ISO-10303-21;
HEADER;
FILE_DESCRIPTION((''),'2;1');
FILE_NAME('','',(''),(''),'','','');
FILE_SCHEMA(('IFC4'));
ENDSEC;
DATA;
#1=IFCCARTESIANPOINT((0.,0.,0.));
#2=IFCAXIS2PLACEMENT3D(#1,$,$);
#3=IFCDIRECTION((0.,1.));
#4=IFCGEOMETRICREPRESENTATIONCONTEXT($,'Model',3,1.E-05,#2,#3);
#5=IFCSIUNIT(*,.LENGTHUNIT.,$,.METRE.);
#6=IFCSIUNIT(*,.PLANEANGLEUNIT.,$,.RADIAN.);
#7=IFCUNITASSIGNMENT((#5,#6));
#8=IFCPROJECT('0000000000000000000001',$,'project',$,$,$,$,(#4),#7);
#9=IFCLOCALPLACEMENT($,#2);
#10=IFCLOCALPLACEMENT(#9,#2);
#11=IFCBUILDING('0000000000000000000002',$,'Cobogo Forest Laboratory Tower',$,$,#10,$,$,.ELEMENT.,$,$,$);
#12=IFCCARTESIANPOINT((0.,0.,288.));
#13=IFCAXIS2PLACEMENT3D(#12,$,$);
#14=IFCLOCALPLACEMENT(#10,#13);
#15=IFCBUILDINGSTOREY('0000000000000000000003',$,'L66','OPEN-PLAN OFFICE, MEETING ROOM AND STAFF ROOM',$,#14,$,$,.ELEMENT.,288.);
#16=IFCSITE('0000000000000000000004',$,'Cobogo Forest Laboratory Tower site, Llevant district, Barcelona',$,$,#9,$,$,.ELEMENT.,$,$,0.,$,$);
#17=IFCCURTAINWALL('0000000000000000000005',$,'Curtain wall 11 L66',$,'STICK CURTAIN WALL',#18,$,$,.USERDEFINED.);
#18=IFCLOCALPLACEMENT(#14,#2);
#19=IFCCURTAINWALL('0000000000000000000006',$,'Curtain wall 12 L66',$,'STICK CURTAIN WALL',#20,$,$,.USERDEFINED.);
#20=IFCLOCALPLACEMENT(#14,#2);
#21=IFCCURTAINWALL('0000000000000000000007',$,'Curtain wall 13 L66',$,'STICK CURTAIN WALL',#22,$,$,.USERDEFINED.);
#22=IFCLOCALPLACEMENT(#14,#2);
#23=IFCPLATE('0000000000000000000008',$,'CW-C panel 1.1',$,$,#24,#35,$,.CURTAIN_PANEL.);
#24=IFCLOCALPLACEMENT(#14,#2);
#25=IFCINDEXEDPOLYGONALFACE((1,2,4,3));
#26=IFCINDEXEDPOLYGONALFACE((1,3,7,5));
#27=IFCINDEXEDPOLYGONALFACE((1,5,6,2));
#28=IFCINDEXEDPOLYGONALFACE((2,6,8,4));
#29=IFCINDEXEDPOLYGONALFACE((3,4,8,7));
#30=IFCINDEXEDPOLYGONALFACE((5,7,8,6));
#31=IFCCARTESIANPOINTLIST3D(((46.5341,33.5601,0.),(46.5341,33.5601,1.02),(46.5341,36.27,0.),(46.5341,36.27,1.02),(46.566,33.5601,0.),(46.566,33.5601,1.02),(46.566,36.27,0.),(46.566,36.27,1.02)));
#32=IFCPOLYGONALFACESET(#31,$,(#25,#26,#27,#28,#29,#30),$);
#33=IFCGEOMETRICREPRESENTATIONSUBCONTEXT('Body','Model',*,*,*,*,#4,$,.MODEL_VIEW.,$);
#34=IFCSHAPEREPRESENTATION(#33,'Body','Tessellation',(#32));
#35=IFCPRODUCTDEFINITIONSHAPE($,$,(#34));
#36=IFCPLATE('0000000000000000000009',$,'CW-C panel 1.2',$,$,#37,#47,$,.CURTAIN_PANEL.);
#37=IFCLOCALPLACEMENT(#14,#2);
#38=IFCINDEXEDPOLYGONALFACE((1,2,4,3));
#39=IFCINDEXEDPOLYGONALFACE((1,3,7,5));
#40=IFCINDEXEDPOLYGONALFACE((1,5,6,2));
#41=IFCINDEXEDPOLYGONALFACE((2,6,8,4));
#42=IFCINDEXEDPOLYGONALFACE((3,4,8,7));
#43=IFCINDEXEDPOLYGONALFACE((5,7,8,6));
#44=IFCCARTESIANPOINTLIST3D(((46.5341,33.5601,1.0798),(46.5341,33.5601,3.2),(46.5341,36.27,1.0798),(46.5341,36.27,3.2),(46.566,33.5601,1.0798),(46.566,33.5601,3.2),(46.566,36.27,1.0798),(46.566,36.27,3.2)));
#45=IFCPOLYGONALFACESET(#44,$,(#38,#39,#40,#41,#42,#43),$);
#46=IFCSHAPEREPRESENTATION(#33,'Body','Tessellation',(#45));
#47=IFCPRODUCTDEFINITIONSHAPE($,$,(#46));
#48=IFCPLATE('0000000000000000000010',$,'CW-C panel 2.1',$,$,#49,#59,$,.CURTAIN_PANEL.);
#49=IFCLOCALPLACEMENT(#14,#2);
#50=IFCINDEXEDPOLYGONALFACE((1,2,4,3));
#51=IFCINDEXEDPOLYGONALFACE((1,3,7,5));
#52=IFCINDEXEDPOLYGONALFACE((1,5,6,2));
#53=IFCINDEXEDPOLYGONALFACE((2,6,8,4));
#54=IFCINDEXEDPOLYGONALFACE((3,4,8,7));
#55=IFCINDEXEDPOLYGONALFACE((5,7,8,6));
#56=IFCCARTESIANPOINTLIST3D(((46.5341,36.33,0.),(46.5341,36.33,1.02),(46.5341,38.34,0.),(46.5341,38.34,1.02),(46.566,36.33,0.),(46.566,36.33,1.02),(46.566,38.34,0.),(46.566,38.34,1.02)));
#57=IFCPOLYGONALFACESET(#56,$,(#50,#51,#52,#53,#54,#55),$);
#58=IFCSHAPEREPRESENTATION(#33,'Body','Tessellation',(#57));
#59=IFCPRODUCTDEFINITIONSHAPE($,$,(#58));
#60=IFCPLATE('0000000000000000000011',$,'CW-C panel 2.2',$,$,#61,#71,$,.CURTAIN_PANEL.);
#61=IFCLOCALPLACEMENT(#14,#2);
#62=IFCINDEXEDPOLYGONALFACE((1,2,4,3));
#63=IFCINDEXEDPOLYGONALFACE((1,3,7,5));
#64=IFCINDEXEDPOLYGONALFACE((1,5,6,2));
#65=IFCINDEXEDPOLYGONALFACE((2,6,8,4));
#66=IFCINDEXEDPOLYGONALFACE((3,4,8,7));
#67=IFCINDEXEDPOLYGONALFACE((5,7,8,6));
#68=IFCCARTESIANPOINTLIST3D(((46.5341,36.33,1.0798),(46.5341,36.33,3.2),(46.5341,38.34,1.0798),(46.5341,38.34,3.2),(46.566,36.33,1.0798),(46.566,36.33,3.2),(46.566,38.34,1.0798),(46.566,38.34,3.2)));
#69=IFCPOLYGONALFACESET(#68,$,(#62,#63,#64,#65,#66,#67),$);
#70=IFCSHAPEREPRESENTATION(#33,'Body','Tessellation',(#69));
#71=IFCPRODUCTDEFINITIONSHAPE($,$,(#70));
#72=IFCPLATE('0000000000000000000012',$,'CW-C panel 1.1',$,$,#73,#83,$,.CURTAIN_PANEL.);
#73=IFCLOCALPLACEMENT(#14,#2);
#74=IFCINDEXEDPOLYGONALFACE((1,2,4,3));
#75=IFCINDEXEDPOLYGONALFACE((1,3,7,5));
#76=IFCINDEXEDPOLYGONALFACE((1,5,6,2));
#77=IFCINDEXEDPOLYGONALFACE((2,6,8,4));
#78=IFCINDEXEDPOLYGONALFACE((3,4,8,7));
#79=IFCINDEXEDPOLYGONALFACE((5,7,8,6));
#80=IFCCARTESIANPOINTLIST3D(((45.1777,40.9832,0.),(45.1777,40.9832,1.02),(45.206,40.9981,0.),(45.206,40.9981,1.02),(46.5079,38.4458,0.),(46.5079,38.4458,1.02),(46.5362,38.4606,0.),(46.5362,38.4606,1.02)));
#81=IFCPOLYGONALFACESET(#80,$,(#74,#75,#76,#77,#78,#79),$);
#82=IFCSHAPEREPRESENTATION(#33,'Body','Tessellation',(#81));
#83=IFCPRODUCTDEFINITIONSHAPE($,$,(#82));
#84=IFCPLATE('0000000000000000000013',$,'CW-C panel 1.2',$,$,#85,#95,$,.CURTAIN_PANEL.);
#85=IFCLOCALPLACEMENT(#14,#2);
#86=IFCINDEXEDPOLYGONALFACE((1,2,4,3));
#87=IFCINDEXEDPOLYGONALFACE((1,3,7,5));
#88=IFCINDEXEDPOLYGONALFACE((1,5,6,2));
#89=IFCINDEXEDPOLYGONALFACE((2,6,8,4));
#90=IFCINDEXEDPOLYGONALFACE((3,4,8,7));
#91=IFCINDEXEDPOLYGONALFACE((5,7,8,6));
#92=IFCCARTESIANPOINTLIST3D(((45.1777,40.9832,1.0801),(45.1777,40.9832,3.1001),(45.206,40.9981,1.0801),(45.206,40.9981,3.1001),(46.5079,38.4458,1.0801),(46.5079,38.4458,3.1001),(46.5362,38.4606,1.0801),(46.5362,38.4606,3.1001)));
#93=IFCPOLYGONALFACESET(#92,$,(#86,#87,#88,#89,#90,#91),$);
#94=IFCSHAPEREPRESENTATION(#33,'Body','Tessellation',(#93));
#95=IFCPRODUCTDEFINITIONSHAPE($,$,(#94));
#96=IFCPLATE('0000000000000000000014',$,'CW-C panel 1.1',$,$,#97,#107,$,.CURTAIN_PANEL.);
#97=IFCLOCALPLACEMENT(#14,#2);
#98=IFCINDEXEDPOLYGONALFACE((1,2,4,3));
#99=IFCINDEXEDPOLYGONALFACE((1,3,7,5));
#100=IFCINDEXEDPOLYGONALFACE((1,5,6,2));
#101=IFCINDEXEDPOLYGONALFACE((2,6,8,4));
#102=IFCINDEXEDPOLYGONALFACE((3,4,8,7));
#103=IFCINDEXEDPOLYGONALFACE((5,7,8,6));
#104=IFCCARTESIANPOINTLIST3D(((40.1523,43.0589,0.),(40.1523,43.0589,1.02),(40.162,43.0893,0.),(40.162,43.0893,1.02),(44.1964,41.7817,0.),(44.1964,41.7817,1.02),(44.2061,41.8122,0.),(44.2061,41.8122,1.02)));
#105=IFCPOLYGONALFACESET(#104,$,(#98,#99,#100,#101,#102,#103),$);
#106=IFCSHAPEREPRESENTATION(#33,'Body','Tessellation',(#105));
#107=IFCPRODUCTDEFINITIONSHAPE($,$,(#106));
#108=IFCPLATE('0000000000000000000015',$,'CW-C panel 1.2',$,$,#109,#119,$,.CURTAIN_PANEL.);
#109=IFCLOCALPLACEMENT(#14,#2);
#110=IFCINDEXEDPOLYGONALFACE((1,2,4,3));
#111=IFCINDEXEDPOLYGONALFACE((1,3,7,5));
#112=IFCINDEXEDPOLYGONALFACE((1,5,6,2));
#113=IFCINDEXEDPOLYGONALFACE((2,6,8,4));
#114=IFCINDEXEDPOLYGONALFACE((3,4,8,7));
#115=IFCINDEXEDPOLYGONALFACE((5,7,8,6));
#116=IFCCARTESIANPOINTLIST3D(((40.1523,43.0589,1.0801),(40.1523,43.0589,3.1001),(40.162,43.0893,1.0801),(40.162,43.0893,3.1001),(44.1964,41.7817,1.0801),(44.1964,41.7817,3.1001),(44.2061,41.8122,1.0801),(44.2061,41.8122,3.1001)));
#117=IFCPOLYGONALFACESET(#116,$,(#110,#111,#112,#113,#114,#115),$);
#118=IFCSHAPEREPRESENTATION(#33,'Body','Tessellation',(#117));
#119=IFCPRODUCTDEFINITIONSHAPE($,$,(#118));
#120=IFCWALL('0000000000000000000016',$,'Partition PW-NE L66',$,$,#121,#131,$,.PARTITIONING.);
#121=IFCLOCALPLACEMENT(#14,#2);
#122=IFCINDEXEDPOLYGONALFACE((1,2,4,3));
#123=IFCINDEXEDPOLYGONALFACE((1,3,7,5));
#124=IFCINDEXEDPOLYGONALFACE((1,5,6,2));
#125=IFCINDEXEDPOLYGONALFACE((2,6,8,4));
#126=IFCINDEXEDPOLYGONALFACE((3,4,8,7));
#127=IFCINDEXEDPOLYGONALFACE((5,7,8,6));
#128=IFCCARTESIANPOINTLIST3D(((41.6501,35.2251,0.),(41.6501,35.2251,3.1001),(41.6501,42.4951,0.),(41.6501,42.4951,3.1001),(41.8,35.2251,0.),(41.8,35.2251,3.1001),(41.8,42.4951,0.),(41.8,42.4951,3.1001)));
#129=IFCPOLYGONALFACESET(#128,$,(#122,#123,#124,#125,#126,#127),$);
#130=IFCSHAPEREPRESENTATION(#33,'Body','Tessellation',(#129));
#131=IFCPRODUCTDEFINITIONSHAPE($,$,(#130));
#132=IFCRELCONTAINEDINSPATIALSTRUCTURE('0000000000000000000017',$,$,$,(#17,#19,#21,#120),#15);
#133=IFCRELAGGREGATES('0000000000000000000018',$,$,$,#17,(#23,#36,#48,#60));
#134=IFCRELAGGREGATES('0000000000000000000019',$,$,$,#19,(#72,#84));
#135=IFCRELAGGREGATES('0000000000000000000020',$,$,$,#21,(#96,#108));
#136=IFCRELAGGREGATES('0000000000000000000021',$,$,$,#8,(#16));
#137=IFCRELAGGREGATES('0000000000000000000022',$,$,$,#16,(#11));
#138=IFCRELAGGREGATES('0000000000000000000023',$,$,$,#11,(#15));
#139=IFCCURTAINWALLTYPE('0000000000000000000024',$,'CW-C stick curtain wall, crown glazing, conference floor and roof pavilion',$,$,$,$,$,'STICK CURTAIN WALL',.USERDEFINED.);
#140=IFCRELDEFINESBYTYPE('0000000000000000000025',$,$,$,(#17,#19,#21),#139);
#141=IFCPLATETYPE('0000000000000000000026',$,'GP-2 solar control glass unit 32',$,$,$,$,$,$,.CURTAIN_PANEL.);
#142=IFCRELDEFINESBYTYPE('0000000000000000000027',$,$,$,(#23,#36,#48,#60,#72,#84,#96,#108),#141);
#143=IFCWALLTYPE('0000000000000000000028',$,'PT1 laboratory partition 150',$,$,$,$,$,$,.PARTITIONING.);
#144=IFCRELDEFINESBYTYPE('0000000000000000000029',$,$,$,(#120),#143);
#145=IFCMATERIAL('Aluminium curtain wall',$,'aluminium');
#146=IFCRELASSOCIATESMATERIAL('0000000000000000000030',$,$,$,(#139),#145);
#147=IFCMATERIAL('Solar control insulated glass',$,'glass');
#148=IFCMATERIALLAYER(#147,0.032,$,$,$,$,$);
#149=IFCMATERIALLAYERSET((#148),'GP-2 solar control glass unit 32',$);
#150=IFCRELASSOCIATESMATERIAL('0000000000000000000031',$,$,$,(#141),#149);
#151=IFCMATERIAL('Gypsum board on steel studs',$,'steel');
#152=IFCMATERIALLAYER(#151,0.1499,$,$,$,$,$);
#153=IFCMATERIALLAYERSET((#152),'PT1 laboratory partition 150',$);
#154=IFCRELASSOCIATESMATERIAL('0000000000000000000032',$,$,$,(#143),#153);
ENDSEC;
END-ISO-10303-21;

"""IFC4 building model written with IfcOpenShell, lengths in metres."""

from ifc_helpers import new_model, si_unit, direction, frame, frame_2d, origin, origin_2d, place, context, subcontext, project, spatial, rectangle, extrude, material, layer, layer_set, type_object, element, aggregate, save


model = new_model("IFC4")

# Units and contexts
model_context = context("Model", 3, precision=1e-05, world=origin(), true_north=direction((0.0, 1.0)))
body_context = subcontext(model_context, "Body", "Model", "MODEL_VIEW")
ifc_project = project(units=[si_unit("LENGTHUNIT", "METRE"), si_unit("PLANEANGLEUNIT", "RADIAN")], contexts=[model_context])

# Site, building, storey
site_placement = place(None, origin())
site = spatial("IfcSite", under=ifc_project, at=site_placement, Name="Cobogo Forest Laboratory Tower site, Llevant district, Barcelona", CompositionType="ELEMENT", RefElevation=0.0)
building_placement = place(site_placement, origin())
building = spatial("IfcBuilding", under=site, at=building_placement, Name="Cobogo Forest Laboratory Tower", CompositionType="ELEMENT")
storey_placement = place(building_placement, frame((0.0, 0.0, 288.0)))
storey = spatial("IfcBuildingStorey", under=building, at=storey_placement, Name="L66", Description="OPEN-PLAN OFFICE, MEETING ROOM AND STAFF ROOM", CompositionType="ELEMENT", Elevation=288.0)

# Curtain walls
ifc_material_1 = material(Name="Aluminium curtain wall", Category="aluminium")
curtain_wall_type = type_object("IfcCurtainWallType", Name="CW-C stick curtain wall, crown glazing, conference floor and roof pavilion", ElementType="STICK CURTAIN WALL", PredefinedType="USERDEFINED", material=ifc_material_1)
curtain_wall_1_placement = place(storey_placement, origin())
curtain_wall_1 = element("IfcCurtainWall", 1, at=curtain_wall_1_placement, inside=storey, type_object=curtain_wall_type, Name="Curtain wall 11 L66", ObjectType="STICK CURTAIN WALL", PredefinedType="USERDEFINED")
curtain_wall_2_placement = place(storey_placement, origin())
curtain_wall_2 = element("IfcCurtainWall", 2, at=curtain_wall_2_placement, inside=storey, type_object=curtain_wall_type, Name="Curtain wall 12 L66", ObjectType="STICK CURTAIN WALL", PredefinedType="USERDEFINED")
curtain_wall_3_placement = place(storey_placement, origin())
curtain_wall_3 = element("IfcCurtainWall", 3, at=curtain_wall_3_placement, inside=storey, type_object=curtain_wall_type, Name="Curtain wall 13 L66", ObjectType="STICK CURTAIN WALL", PredefinedType="USERDEFINED")

# Plates
ifc_material_2 = material(Name="Solar control insulated glass", Category="glass")
ifc_layer_1 = layer(ifc_material_2, 0.032)
ifc_layer_set_1 = layer_set([ifc_layer_1], Name="GP-2 solar control glass unit 32")
plate_type = type_object("IfcPlateType", Name="GP-2 solar control glass unit 32", PredefinedType="CURTAIN_PANEL", material=ifc_layer_set_1)
plate_1_placement = place(storey_placement, frame((46.55, 34.915, 0.0), z_axis=(0.0, 0.0, 1.0), x_axis=(0.0, 1.0, 0.0)))
plate_1 = element("IfcPlate", 4, at=plate_1_placement, type_object=plate_type, Name="CW-C panel 1.1", PredefinedType="CURTAIN_PANEL", context=body_context, shape_type="SweptSolid", body=[
    extrude(rectangle(XDim=2.71, YDim=0.032, at=origin_2d()), origin(), (0.0, 0.0, 1.0), 1.02),
])
plate_2_placement = place(storey_placement, frame((46.55, 34.915, 1.0798), z_axis=(0.0, 0.0, 1.0), x_axis=(0.0, 1.0, 0.0)))
plate_2 = element("IfcPlate", 5, at=plate_2_placement, type_object=plate_type, Name="CW-C panel 1.2", PredefinedType="CURTAIN_PANEL", context=body_context, shape_type="SweptSolid", body=[
    extrude(rectangle(XDim=2.71, YDim=0.032, at=origin_2d()), origin(), (0.0, 0.0, 1.0), 2.1201),
])
plate_3_placement = place(storey_placement, frame((46.55, 37.335, 0.0), z_axis=(0.0, 0.0, 1.0), x_axis=(0.0, 1.0, 0.0)))
plate_3 = element("IfcPlate", 6, at=plate_3_placement, type_object=plate_type, Name="CW-C panel 2.1", PredefinedType="CURTAIN_PANEL", context=body_context, shape_type="SweptSolid", body=[
    extrude(rectangle(XDim=2.01, YDim=0.032, at=origin_2d()), origin(), (0.0, 0.0, 1.0), 1.02),
])
plate_4_placement = place(storey_placement, frame((46.55, 37.335, 1.0798), z_axis=(0.0, 0.0, 1.0), x_axis=(0.0, 1.0, 0.0)))
plate_4 = element("IfcPlate", 7, at=plate_4_placement, type_object=plate_type, Name="CW-C panel 2.2", PredefinedType="CURTAIN_PANEL", context=body_context, shape_type="SweptSolid", body=[
    extrude(rectangle(XDim=2.01, YDim=0.032, at=origin_2d()), origin(), (0.0, 0.0, 1.0), 2.1201),
])
aggregate(curtain_wall_1, [plate_1, plate_2, plate_3, plate_4])
plate_5_placement = place(storey_placement, frame((45.8569, 39.7219, 0.0), z_axis=(0.0, 0.0, 1.0), x_axis=(-0.464284, 0.885686, 0.0)))
plate_5 = element("IfcPlate", 8, at=plate_5_placement, type_object=plate_type, Name="CW-C panel 1.1", PredefinedType="CURTAIN_PANEL", context=body_context, shape_type="SweptSolid", body=[
    extrude(rectangle(XDim=2.865, YDim=0.032, at=origin_2d()), origin(), (0.0, 0.0, 1.0), 1.02),
])
plate_6_placement = place(storey_placement, frame((45.8569, 39.7219, 1.0801), z_axis=(0.0, 0.0, 1.0), x_axis=(-0.464284, 0.885686, 0.0)))
plate_6 = element("IfcPlate", 9, at=plate_6_placement, type_object=plate_type, Name="CW-C panel 1.2", PredefinedType="CURTAIN_PANEL", context=body_context, shape_type="SweptSolid", body=[
    extrude(rectangle(XDim=2.865, YDim=0.032, at=origin_2d()), origin(), (0.0, 0.0, 1.0), 2.02),
])
aggregate(curtain_wall_2, [plate_5, plate_6])
plate_7_placement = place(storey_placement, frame((42.1792, 42.4355, 0.0), z_axis=(0.0, 0.0, 1.0), x_axis=(-0.953581, 0.301135, 0.0)))
plate_7 = element("IfcPlate", 10, at=plate_7_placement, type_object=plate_type, Name="CW-C panel 1.1", PredefinedType="CURTAIN_PANEL", context=body_context, shape_type="SweptSolid", body=[
    extrude(rectangle(XDim=4.241, YDim=0.032, at=origin_2d()), origin(), (0.0, 0.0, 1.0), 1.02),
])
plate_8_placement = place(storey_placement, frame((42.1792, 42.4355, 1.0801), z_axis=(0.0, 0.0, 1.0), x_axis=(-0.953581, 0.301135, 0.0)))
plate_8 = element("IfcPlate", 11, at=plate_8_placement, type_object=plate_type, Name="CW-C panel 1.2", PredefinedType="CURTAIN_PANEL", context=body_context, shape_type="SweptSolid", body=[
    extrude(rectangle(XDim=4.241, YDim=0.032, at=origin_2d()), origin(), (0.0, 0.0, 1.0), 2.02),
])
aggregate(curtain_wall_3, [plate_7, plate_8])

# Wall
ifc_material_3 = material(Name="Gypsum board on steel studs", Category="steel")
ifc_layer_2 = layer(ifc_material_3, 0.1499)
ifc_layer_set_2 = layer_set([ifc_layer_2], Name="PT1 laboratory partition 150")
wall_type = type_object("IfcWallType", Name="PT1 laboratory partition 150", PredefinedType="PARTITIONING", material=ifc_layer_set_2)
wall_placement = place(storey_placement, frame((41.7251, 42.4951, 0.0), z_axis=(0.0, 0.0, 1.0), x_axis=(0.0, -1.0, 0.0)))
element("IfcWall", 12, at=wall_placement, inside=storey, type_object=wall_type, Name="Partition PW-NE L66", PredefinedType="PARTITIONING", context=body_context, shape_type="SweptSolid", body=[
    extrude(rectangle(XDim=7.27, YDim=0.1499, at=frame_2d((3.635, 0.0))), origin(), (0.0, 0.0, 1.0), 3.1001),
])

save(model, "model.ifc")
